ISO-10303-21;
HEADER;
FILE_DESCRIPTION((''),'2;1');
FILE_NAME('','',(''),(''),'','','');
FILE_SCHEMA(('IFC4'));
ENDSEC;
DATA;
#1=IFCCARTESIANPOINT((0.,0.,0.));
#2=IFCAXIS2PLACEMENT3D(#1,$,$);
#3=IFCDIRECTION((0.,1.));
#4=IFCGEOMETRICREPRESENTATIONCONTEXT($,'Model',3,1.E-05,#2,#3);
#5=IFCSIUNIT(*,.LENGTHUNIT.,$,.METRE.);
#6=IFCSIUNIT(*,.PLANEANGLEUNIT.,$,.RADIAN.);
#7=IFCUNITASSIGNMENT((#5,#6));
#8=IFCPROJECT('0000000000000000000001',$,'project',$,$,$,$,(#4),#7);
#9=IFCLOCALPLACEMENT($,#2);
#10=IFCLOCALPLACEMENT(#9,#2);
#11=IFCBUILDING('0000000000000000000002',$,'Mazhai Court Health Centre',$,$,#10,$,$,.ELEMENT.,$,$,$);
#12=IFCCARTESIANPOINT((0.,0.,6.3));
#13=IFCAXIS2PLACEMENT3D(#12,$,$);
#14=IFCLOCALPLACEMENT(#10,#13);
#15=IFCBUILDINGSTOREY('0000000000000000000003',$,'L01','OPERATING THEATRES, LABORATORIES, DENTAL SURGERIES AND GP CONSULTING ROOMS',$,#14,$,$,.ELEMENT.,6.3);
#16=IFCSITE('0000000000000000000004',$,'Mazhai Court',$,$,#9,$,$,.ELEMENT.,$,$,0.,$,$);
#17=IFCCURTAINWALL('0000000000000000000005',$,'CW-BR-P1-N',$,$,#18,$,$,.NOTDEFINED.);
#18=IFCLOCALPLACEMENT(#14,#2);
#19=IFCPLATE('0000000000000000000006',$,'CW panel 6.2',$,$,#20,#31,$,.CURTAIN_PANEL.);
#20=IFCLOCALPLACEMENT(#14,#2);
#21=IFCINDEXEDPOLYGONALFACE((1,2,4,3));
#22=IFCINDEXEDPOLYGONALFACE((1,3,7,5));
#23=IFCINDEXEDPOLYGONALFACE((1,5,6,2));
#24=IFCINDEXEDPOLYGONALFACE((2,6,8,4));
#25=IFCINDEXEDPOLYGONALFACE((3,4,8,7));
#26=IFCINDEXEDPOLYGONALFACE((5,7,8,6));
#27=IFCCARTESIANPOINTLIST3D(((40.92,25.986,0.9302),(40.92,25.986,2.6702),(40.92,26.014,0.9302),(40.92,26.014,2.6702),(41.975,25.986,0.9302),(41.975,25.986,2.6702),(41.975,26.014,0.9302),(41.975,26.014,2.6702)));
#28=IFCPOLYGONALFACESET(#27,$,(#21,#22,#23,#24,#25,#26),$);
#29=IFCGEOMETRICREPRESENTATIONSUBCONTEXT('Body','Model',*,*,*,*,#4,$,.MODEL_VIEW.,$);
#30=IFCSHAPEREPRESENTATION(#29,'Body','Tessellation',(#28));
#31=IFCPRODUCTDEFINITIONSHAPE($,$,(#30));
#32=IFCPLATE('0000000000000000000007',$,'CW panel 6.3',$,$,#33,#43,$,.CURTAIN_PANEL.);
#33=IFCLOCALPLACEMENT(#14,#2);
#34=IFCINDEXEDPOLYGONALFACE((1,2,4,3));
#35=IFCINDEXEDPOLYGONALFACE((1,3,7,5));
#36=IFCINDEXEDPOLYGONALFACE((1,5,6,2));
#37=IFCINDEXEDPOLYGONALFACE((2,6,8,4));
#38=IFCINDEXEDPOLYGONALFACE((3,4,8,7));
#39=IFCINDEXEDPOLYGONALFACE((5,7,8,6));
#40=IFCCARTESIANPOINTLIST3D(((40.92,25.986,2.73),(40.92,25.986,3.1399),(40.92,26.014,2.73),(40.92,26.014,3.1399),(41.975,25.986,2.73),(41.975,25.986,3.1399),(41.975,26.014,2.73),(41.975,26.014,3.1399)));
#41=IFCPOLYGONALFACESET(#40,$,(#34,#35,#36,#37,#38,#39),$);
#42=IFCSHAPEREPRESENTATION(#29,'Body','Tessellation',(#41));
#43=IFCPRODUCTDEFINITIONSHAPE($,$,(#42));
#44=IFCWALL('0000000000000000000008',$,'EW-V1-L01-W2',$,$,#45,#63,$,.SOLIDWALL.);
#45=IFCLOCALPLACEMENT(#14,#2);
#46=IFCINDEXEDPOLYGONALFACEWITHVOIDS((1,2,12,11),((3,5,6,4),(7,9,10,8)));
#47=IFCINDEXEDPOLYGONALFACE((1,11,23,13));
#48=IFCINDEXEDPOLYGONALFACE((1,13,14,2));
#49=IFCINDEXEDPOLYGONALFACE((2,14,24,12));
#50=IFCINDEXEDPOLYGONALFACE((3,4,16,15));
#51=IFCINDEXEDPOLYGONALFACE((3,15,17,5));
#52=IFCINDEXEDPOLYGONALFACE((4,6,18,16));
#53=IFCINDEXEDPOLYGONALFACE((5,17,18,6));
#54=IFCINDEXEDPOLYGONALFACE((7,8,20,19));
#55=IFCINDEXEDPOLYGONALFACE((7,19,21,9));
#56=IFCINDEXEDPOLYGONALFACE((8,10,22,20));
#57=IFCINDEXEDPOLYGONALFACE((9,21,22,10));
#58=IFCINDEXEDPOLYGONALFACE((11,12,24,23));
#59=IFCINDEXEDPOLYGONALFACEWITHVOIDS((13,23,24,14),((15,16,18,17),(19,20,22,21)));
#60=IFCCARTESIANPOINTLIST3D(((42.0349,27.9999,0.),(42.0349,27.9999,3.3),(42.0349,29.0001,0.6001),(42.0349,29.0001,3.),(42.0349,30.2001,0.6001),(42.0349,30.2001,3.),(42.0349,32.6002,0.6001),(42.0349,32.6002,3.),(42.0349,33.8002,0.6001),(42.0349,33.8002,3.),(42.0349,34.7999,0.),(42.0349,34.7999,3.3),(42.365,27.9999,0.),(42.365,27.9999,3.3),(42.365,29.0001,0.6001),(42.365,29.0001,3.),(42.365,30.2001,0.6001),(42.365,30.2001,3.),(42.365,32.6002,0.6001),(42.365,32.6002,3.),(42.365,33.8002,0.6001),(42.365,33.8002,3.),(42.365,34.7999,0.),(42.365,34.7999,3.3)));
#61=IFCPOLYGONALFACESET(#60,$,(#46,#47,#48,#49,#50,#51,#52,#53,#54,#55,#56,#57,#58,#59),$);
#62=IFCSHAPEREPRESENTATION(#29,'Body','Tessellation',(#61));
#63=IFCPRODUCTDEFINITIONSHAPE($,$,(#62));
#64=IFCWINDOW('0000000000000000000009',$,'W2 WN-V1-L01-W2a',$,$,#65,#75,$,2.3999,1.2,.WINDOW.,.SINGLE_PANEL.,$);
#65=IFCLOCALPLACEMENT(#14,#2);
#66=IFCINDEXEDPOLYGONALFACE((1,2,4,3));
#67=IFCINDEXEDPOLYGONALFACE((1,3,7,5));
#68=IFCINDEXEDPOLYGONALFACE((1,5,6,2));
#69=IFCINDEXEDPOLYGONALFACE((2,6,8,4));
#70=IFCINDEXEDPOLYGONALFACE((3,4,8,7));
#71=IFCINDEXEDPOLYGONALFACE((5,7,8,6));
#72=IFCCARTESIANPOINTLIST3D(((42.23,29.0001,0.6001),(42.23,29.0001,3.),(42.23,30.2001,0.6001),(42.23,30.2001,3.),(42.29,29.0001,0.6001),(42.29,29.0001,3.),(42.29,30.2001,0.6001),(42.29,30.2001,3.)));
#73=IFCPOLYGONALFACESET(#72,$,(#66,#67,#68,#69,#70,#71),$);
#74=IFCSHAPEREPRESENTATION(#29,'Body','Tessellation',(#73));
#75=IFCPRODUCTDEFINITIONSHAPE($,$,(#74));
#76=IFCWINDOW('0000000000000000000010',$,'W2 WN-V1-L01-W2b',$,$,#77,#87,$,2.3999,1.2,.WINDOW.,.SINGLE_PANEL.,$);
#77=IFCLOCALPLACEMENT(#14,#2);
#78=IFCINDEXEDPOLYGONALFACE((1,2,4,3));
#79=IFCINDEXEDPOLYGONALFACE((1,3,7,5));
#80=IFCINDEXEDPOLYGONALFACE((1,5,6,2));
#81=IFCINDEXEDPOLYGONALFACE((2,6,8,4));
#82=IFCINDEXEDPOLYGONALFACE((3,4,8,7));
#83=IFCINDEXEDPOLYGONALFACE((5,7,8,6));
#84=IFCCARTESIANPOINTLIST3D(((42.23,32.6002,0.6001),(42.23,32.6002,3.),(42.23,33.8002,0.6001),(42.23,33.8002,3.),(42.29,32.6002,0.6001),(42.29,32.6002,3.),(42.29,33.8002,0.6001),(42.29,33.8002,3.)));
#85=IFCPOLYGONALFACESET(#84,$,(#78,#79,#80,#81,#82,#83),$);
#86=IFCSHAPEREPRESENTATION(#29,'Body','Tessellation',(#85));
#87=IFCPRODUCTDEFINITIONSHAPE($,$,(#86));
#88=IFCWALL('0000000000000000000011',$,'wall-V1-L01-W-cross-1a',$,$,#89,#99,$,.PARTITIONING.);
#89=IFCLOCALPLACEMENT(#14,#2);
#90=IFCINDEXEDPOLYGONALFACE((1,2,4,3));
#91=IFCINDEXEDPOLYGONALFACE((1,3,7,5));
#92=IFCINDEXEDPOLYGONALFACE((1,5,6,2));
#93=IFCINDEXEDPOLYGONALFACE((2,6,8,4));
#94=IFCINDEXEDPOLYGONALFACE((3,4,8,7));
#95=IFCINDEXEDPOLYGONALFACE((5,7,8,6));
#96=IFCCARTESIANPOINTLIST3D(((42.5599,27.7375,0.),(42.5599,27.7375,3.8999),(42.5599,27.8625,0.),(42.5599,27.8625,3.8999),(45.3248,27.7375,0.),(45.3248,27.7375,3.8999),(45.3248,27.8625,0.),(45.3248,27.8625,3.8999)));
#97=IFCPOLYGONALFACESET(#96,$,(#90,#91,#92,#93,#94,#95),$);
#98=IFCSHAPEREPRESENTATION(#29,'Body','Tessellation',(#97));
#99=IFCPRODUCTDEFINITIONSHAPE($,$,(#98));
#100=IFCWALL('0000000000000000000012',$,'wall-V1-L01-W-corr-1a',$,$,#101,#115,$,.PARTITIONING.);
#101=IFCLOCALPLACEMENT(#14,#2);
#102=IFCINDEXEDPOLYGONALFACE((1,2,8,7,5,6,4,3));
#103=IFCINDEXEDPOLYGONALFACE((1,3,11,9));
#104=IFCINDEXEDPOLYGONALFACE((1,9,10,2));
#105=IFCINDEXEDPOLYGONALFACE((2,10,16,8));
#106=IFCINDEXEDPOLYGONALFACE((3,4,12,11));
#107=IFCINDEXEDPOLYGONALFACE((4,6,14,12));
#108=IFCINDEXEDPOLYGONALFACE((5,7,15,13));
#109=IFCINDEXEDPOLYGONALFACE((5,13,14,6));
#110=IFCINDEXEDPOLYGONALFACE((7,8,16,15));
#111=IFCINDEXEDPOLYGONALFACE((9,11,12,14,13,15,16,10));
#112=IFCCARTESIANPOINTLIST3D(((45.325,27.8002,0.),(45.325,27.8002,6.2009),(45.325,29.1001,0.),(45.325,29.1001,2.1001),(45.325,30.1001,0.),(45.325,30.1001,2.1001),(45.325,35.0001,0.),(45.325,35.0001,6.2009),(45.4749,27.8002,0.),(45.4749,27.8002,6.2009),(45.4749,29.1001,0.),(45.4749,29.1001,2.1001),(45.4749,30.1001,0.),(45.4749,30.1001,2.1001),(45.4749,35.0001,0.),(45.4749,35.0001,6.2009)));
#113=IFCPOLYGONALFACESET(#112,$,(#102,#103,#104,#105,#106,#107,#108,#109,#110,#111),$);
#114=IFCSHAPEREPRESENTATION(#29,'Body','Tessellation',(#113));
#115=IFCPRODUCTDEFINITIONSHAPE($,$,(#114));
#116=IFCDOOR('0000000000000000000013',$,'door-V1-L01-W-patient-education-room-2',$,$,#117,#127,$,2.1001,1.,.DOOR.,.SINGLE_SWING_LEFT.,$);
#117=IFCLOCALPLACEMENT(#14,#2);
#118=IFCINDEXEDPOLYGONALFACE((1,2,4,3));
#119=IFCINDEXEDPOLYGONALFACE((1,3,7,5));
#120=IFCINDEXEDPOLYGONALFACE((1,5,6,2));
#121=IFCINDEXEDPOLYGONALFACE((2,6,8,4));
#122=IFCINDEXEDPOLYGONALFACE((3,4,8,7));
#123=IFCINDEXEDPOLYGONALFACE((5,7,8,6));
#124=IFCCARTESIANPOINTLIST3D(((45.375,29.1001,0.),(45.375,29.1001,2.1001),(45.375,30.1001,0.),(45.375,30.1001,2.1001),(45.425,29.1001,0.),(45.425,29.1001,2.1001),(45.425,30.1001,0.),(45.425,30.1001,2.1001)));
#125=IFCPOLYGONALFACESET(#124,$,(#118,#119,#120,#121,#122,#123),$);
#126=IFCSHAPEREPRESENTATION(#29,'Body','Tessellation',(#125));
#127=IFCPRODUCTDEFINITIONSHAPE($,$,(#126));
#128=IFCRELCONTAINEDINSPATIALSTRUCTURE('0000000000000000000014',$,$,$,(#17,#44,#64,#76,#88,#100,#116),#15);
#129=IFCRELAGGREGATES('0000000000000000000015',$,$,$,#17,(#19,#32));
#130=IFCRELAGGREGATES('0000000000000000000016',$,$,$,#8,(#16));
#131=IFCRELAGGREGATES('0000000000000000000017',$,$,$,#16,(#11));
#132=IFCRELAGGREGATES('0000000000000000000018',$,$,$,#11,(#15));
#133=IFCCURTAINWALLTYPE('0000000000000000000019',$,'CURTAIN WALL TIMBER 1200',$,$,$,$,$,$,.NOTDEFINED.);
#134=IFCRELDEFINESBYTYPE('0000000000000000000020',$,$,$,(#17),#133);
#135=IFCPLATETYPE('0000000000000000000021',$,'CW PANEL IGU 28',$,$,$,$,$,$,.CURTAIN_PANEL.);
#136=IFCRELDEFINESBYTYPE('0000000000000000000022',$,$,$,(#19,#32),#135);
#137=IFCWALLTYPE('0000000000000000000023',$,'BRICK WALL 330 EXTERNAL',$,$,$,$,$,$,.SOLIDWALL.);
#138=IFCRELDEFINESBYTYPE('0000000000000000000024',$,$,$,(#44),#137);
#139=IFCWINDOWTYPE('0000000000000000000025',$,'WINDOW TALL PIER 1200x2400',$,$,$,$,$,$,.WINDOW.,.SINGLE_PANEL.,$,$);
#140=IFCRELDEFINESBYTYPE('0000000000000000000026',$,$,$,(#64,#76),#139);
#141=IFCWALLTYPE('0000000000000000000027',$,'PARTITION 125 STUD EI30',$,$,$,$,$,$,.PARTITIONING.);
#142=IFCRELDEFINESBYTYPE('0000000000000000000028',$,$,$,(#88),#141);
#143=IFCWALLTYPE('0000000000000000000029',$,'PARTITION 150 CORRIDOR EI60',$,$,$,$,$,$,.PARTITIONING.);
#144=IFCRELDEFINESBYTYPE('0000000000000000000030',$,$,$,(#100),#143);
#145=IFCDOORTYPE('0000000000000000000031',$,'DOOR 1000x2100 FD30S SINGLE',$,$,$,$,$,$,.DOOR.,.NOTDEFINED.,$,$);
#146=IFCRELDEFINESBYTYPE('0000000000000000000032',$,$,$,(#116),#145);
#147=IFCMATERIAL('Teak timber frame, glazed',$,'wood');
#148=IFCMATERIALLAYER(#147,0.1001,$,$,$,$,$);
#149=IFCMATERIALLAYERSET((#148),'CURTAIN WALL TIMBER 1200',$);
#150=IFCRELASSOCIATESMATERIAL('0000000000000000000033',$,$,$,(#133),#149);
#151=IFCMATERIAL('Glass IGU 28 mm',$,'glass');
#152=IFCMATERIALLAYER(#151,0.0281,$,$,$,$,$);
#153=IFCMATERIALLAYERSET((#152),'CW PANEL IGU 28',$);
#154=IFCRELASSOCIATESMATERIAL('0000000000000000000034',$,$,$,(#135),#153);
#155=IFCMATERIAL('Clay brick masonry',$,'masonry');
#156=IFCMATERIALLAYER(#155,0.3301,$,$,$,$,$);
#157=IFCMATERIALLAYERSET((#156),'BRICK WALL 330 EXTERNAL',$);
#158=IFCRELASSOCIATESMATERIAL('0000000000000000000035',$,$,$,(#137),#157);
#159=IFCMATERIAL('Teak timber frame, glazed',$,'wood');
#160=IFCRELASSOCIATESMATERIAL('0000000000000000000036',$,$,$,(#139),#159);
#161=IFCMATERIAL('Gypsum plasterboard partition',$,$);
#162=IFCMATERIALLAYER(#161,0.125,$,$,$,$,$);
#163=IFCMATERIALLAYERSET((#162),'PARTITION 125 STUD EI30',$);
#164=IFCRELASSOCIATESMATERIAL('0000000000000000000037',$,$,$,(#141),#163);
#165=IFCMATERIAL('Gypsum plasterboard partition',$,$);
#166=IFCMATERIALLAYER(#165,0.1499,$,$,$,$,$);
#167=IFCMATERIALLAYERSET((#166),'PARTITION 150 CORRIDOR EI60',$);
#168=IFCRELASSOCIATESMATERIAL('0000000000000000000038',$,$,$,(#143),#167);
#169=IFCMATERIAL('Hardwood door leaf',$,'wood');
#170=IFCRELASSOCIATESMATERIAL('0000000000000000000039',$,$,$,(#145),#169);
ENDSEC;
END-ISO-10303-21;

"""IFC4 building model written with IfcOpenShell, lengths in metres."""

from ifc_helpers import new_model, si_unit, direction, frame, frame_2d, origin, origin_2d, place, context, subcontext, project, spatial, rectangle, extrude, material, layer, layer_set, type_object, element, fill, aggregate, save


model = new_model("IFC4")

# Units and contexts
model_context = context("Model", 3, precision=1e-05, world=origin(), true_north=direction((0.0, 1.0)))
body_context = subcontext(model_context, "Body", "Model", "MODEL_VIEW")
ifc_project = project(units=[si_unit("LENGTHUNIT", "METRE"), si_unit("PLANEANGLEUNIT", "RADIAN")], contexts=[model_context])

# Site, building, storey
site_placement = place(None, origin())
site = spatial("IfcSite", under=ifc_project, at=site_placement, Name="Mazhai Court", CompositionType="ELEMENT", RefElevation=0.0)
building_placement = place(site_placement, origin())
building = spatial("IfcBuilding", under=site, at=building_placement, Name="Mazhai Court Health Centre", CompositionType="ELEMENT")
storey_placement = place(building_placement, frame((0.0, 0.0, 6.3)))
storey = spatial("IfcBuildingStorey", under=building, at=storey_placement, Name="L01", Description="OPERATING THEATRES, LABORATORIES, DENTAL SURGERIES AND GP CONSULTING ROOMS", CompositionType="ELEMENT", Elevation=6.3)

# Curtain wall
ifc_material_1 = material(Name="Teak timber frame, glazed", Category="wood")
ifc_layer_1 = layer(ifc_material_1, 0.1001)
ifc_layer_set_1 = layer_set([ifc_layer_1], Name="CURTAIN WALL TIMBER 1200")
curtain_wall_type = type_object("IfcCurtainWallType", Name="CURTAIN WALL TIMBER 1200", PredefinedType="NOTDEFINED", material=ifc_layer_set_1)
curtain_wall_placement = place(storey_placement, origin())
curtain_wall = element("IfcCurtainWall", 1, at=curtain_wall_placement, inside=storey, type_object=curtain_wall_type, Name="CW-BR-P1-N", PredefinedType="NOTDEFINED")

# Plates
ifc_material_2 = material(Name="Glass IGU 28 mm", Category="glass")
ifc_layer_2 = layer(ifc_material_2, 0.0281)
ifc_layer_set_2 = layer_set([ifc_layer_2], Name="CW PANEL IGU 28")
plate_type = type_object("IfcPlateType", Name="CW PANEL IGU 28", PredefinedType="CURTAIN_PANEL", material=ifc_layer_set_2)
plate_1_placement = place(storey_placement, frame((41.4475, 26.0, 0.9302), z_axis=(0.0, 0.0, 1.0), x_axis=(1.0, 0.0, 0.0)))
plate_1 = element("IfcPlate", 2, at=plate_1_placement, type_object=plate_type, Name="CW panel 6.2", PredefinedType="CURTAIN_PANEL", context=body_context, shape_type="SweptSolid", body=[
    extrude(rectangle(XDim=1.0549, YDim=0.0281, at=origin_2d()), origin(), (0.0, 0.0, 1.0), 1.74),
])
plate_2_placement = place(storey_placement, frame((41.4475, 26.0, 2.73), z_axis=(0.0, 0.0, 1.0), x_axis=(1.0, 0.0, 0.0)))
plate_2 = element("IfcPlate", 3, at=plate_2_placement, type_object=plate_type, Name="CW panel 6.3", PredefinedType="CURTAIN_PANEL", context=body_context, shape_type="SweptSolid", body=[
    extrude(rectangle(XDim=1.0549, YDim=0.0281, at=origin_2d()), origin(), (0.0, 0.0, 1.0), 0.4099),
])
aggregate(curtain_wall, [plate_1, plate_2])

# Wall, openings, windows
ifc_material_3 = material(Name="Clay brick masonry", Category="masonry")
ifc_layer_3 = layer(ifc_material_3, 0.3301)
ifc_layer_set_3 = layer_set([ifc_layer_3], Name="BRICK WALL 330 EXTERNAL")
wall_type_1 = type_object("IfcWallType", Name="BRICK WALL 330 EXTERNAL", PredefinedType="SOLIDWALL", material=ifc_layer_set_3)
wall_1_placement = place(storey_placement, frame((42.2, 28.0, 0.0), z_axis=(0.0, 0.0, 1.0), x_axis=(0.0, 1.0, 0.0)))
wall_1 = element("IfcWall", 4, at=wall_1_placement, inside=storey, type_object=wall_type_1, Name="EW-V1-L01-W2", PredefinedType="SOLIDWALL", context=body_context, shape_type="SweptSolid", body=[
    extrude(rectangle(XDim=6.8, YDim=0.3301, at=frame_2d((3.3999, 0.0))), origin(), (0.0, 0.0, 1.0), 3.3),
])
opening_1_placement = place(wall_1_placement, frame((1.0, 0.0, 0.6001)))
opening_1 = element("IfcOpeningElement", 5, at=opening_1_placement, cuts=wall_1, PredefinedType="OPENING", context=body_context, shape_type="SweptSolid", body=[
    extrude(rectangle(XDim=1.2, YDim=2.3999, at=frame_2d((0.6001, 1.2))), frame((0.0, 0.175, 0.0), z_axis=(0.0, -1.0, 0.0), x_axis=(1.0, 0.0, 0.0)), (0.0, 0.0, 1.0), 0.3501),
])
opening_2_placement = place(wall_1_placement, frame((4.6001, 0.0, 0.6001)))
opening_2 = element("IfcOpeningElement", 6, at=opening_2_placement, cuts=wall_1, PredefinedType="OPENING", context=body_context, shape_type="SweptSolid", body=[
    extrude(rectangle(XDim=1.2, YDim=2.3999, at=frame_2d((0.6001, 1.2))), frame((0.0, 0.175, 0.0), z_axis=(0.0, -1.0, 0.0), x_axis=(1.0, 0.0, 0.0)), (0.0, 0.0, 1.0), 0.3501),
])
ifc_material_4 = material(Name="Teak timber frame, glazed", Category="wood")
window_type = type_object("IfcWindowType", Name="WINDOW TALL PIER 1200x2400", PartitioningType="SINGLE_PANEL", PredefinedType="WINDOW", material=ifc_material_4)
window_1_placement = place(opening_1_placement, origin())
window_1 = element("IfcWindow", 7, at=window_1_placement, inside=storey, type_object=window_type, Name="W2 WN-V1-L01-W2a", OverallHeight=2.3999, OverallWidth=1.2, PartitioningType="SINGLE_PANEL", PredefinedType="WINDOW", context=body_context, shape_type="SweptSolid", body=[
    extrude(rectangle(XDim=1.2, YDim=2.3999, at=frame_2d((0.6001, 1.2))), frame((0.0, -0.03, 0.0), z_axis=(0.0, -1.0, 0.0), x_axis=(1.0, 0.0, 0.0)), (0.0, 0.0, 1.0), 0.0601),
])
fill(opening_1, window_1)
window_2_placement = place(opening_2_placement, origin())
window_2 = element("IfcWindow", 8, at=window_2_placement, inside=storey, type_object=window_type, Name="W2 WN-V1-L01-W2b", OverallHeight=2.3999, OverallWidth=1.2, PartitioningType="SINGLE_PANEL", PredefinedType="WINDOW", context=body_context, shape_type="SweptSolid", body=[
    extrude(rectangle(XDim=1.2, YDim=2.3999, at=frame_2d((0.6001, 1.2))), frame((0.0, -0.03, 0.0), z_axis=(0.0, -1.0, 0.0), x_axis=(1.0, 0.0, 0.0)), (0.0, 0.0, 1.0), 0.0601),
])
fill(opening_2, window_2)

# Wall
ifc_material_5 = material(Name="Gypsum plasterboard partition")
ifc_layer_4 = layer(ifc_material_5, 0.125)
ifc_layer_set_4 = layer_set([ifc_layer_4], Name="PARTITION 125 STUD EI30")
wall_type_2 = type_object("IfcWallType", Name="PARTITION 125 STUD EI30", PredefinedType="PARTITIONING", material=ifc_layer_set_4)
wall_2_placement = place(storey_placement, frame((42.5601, 27.8, 0.0), z_axis=(0.0, 0.0, 1.0), x_axis=(1.0, 0.0, 0.0)))
element("IfcWall", 9, at=wall_2_placement, inside=storey, type_object=wall_type_2, Name="wall-V1-L01-W-cross-1a", PredefinedType="PARTITIONING", context=body_context, shape_type="SweptSolid", body=[
    extrude(rectangle(XDim=2.7649, YDim=0.125, at=frame_2d((1.3823, 0.0))), origin(), (0.0, 0.0, 1.0), 3.8999),
])

# Wall, opening, door
ifc_material_6 = material(Name="Gypsum plasterboard partition")
ifc_layer_5 = layer(ifc_material_6, 0.1499)
ifc_layer_set_5 = layer_set([ifc_layer_5], Name="PARTITION 150 CORRIDOR EI60")
wall_type_3 = type_object("IfcWallType", Name="PARTITION 150 CORRIDOR EI60", PredefinedType="PARTITIONING", material=ifc_layer_set_5)
wall_3_placement = place(storey_placement, frame((45.3999, 27.8, 0.0), z_axis=(0.0, 0.0, 1.0), x_axis=(0.0, 1.0, 0.0)))
wall_3 = element("IfcWall", 10, at=wall_3_placement, inside=storey, type_object=wall_type_3, Name="wall-V1-L01-W-corr-1a", PredefinedType="PARTITIONING", context=body_context, shape_type="SweptSolid", body=[
    extrude(rectangle(XDim=7.2, YDim=0.1499, at=frame_2d((3.6001, 0.0))), origin(), (0.0, 0.0, 1.0), 6.2009),
])
opening_3_placement = place(wall_3_placement, frame((1.3, 0.0, 0.0)))
opening_3 = element("IfcOpeningElement", 11, at=opening_3_placement, cuts=wall_3, PredefinedType="OPENING", context=body_context, shape_type="SweptSolid", body=[
    extrude(rectangle(XDim=1.0, YDim=2.1001, at=frame_2d((0.5, 1.05))), frame((0.0, 0.085, 0.0), z_axis=(0.0, -1.0, 0.0), x_axis=(1.0, 0.0, 0.0)), (0.0, 0.0, 1.0), 0.1699),
])
ifc_material_7 = material(Name="Hardwood door leaf", Category="wood")
door_type = type_object("IfcDoorType", Name="DOOR 1000x2100 FD30S SINGLE", OperationType="NOTDEFINED", PredefinedType="DOOR", material=ifc_material_7)
door_placement = place(opening_3_placement, origin())
door = element("IfcDoor", 12, at=door_placement, inside=storey, type_object=door_type, Name="door-V1-L01-W-patient-education-room-2", OperationType="SINGLE_SWING_LEFT", OverallHeight=2.1001, OverallWidth=1.0, PredefinedType="DOOR", context=body_context, shape_type="SweptSolid", body=[
    extrude(rectangle(XDim=1.0, YDim=2.1001, at=frame_2d((0.5, 1.05))), frame((0.0, 0.0249, 0.0), z_axis=(0.0, -1.0, 0.0), x_axis=(1.0, 0.0, 0.0)), (0.0, 0.0, 1.0), 0.05),
])
fill(opening_3, door)

save(model, "model.ifc")
